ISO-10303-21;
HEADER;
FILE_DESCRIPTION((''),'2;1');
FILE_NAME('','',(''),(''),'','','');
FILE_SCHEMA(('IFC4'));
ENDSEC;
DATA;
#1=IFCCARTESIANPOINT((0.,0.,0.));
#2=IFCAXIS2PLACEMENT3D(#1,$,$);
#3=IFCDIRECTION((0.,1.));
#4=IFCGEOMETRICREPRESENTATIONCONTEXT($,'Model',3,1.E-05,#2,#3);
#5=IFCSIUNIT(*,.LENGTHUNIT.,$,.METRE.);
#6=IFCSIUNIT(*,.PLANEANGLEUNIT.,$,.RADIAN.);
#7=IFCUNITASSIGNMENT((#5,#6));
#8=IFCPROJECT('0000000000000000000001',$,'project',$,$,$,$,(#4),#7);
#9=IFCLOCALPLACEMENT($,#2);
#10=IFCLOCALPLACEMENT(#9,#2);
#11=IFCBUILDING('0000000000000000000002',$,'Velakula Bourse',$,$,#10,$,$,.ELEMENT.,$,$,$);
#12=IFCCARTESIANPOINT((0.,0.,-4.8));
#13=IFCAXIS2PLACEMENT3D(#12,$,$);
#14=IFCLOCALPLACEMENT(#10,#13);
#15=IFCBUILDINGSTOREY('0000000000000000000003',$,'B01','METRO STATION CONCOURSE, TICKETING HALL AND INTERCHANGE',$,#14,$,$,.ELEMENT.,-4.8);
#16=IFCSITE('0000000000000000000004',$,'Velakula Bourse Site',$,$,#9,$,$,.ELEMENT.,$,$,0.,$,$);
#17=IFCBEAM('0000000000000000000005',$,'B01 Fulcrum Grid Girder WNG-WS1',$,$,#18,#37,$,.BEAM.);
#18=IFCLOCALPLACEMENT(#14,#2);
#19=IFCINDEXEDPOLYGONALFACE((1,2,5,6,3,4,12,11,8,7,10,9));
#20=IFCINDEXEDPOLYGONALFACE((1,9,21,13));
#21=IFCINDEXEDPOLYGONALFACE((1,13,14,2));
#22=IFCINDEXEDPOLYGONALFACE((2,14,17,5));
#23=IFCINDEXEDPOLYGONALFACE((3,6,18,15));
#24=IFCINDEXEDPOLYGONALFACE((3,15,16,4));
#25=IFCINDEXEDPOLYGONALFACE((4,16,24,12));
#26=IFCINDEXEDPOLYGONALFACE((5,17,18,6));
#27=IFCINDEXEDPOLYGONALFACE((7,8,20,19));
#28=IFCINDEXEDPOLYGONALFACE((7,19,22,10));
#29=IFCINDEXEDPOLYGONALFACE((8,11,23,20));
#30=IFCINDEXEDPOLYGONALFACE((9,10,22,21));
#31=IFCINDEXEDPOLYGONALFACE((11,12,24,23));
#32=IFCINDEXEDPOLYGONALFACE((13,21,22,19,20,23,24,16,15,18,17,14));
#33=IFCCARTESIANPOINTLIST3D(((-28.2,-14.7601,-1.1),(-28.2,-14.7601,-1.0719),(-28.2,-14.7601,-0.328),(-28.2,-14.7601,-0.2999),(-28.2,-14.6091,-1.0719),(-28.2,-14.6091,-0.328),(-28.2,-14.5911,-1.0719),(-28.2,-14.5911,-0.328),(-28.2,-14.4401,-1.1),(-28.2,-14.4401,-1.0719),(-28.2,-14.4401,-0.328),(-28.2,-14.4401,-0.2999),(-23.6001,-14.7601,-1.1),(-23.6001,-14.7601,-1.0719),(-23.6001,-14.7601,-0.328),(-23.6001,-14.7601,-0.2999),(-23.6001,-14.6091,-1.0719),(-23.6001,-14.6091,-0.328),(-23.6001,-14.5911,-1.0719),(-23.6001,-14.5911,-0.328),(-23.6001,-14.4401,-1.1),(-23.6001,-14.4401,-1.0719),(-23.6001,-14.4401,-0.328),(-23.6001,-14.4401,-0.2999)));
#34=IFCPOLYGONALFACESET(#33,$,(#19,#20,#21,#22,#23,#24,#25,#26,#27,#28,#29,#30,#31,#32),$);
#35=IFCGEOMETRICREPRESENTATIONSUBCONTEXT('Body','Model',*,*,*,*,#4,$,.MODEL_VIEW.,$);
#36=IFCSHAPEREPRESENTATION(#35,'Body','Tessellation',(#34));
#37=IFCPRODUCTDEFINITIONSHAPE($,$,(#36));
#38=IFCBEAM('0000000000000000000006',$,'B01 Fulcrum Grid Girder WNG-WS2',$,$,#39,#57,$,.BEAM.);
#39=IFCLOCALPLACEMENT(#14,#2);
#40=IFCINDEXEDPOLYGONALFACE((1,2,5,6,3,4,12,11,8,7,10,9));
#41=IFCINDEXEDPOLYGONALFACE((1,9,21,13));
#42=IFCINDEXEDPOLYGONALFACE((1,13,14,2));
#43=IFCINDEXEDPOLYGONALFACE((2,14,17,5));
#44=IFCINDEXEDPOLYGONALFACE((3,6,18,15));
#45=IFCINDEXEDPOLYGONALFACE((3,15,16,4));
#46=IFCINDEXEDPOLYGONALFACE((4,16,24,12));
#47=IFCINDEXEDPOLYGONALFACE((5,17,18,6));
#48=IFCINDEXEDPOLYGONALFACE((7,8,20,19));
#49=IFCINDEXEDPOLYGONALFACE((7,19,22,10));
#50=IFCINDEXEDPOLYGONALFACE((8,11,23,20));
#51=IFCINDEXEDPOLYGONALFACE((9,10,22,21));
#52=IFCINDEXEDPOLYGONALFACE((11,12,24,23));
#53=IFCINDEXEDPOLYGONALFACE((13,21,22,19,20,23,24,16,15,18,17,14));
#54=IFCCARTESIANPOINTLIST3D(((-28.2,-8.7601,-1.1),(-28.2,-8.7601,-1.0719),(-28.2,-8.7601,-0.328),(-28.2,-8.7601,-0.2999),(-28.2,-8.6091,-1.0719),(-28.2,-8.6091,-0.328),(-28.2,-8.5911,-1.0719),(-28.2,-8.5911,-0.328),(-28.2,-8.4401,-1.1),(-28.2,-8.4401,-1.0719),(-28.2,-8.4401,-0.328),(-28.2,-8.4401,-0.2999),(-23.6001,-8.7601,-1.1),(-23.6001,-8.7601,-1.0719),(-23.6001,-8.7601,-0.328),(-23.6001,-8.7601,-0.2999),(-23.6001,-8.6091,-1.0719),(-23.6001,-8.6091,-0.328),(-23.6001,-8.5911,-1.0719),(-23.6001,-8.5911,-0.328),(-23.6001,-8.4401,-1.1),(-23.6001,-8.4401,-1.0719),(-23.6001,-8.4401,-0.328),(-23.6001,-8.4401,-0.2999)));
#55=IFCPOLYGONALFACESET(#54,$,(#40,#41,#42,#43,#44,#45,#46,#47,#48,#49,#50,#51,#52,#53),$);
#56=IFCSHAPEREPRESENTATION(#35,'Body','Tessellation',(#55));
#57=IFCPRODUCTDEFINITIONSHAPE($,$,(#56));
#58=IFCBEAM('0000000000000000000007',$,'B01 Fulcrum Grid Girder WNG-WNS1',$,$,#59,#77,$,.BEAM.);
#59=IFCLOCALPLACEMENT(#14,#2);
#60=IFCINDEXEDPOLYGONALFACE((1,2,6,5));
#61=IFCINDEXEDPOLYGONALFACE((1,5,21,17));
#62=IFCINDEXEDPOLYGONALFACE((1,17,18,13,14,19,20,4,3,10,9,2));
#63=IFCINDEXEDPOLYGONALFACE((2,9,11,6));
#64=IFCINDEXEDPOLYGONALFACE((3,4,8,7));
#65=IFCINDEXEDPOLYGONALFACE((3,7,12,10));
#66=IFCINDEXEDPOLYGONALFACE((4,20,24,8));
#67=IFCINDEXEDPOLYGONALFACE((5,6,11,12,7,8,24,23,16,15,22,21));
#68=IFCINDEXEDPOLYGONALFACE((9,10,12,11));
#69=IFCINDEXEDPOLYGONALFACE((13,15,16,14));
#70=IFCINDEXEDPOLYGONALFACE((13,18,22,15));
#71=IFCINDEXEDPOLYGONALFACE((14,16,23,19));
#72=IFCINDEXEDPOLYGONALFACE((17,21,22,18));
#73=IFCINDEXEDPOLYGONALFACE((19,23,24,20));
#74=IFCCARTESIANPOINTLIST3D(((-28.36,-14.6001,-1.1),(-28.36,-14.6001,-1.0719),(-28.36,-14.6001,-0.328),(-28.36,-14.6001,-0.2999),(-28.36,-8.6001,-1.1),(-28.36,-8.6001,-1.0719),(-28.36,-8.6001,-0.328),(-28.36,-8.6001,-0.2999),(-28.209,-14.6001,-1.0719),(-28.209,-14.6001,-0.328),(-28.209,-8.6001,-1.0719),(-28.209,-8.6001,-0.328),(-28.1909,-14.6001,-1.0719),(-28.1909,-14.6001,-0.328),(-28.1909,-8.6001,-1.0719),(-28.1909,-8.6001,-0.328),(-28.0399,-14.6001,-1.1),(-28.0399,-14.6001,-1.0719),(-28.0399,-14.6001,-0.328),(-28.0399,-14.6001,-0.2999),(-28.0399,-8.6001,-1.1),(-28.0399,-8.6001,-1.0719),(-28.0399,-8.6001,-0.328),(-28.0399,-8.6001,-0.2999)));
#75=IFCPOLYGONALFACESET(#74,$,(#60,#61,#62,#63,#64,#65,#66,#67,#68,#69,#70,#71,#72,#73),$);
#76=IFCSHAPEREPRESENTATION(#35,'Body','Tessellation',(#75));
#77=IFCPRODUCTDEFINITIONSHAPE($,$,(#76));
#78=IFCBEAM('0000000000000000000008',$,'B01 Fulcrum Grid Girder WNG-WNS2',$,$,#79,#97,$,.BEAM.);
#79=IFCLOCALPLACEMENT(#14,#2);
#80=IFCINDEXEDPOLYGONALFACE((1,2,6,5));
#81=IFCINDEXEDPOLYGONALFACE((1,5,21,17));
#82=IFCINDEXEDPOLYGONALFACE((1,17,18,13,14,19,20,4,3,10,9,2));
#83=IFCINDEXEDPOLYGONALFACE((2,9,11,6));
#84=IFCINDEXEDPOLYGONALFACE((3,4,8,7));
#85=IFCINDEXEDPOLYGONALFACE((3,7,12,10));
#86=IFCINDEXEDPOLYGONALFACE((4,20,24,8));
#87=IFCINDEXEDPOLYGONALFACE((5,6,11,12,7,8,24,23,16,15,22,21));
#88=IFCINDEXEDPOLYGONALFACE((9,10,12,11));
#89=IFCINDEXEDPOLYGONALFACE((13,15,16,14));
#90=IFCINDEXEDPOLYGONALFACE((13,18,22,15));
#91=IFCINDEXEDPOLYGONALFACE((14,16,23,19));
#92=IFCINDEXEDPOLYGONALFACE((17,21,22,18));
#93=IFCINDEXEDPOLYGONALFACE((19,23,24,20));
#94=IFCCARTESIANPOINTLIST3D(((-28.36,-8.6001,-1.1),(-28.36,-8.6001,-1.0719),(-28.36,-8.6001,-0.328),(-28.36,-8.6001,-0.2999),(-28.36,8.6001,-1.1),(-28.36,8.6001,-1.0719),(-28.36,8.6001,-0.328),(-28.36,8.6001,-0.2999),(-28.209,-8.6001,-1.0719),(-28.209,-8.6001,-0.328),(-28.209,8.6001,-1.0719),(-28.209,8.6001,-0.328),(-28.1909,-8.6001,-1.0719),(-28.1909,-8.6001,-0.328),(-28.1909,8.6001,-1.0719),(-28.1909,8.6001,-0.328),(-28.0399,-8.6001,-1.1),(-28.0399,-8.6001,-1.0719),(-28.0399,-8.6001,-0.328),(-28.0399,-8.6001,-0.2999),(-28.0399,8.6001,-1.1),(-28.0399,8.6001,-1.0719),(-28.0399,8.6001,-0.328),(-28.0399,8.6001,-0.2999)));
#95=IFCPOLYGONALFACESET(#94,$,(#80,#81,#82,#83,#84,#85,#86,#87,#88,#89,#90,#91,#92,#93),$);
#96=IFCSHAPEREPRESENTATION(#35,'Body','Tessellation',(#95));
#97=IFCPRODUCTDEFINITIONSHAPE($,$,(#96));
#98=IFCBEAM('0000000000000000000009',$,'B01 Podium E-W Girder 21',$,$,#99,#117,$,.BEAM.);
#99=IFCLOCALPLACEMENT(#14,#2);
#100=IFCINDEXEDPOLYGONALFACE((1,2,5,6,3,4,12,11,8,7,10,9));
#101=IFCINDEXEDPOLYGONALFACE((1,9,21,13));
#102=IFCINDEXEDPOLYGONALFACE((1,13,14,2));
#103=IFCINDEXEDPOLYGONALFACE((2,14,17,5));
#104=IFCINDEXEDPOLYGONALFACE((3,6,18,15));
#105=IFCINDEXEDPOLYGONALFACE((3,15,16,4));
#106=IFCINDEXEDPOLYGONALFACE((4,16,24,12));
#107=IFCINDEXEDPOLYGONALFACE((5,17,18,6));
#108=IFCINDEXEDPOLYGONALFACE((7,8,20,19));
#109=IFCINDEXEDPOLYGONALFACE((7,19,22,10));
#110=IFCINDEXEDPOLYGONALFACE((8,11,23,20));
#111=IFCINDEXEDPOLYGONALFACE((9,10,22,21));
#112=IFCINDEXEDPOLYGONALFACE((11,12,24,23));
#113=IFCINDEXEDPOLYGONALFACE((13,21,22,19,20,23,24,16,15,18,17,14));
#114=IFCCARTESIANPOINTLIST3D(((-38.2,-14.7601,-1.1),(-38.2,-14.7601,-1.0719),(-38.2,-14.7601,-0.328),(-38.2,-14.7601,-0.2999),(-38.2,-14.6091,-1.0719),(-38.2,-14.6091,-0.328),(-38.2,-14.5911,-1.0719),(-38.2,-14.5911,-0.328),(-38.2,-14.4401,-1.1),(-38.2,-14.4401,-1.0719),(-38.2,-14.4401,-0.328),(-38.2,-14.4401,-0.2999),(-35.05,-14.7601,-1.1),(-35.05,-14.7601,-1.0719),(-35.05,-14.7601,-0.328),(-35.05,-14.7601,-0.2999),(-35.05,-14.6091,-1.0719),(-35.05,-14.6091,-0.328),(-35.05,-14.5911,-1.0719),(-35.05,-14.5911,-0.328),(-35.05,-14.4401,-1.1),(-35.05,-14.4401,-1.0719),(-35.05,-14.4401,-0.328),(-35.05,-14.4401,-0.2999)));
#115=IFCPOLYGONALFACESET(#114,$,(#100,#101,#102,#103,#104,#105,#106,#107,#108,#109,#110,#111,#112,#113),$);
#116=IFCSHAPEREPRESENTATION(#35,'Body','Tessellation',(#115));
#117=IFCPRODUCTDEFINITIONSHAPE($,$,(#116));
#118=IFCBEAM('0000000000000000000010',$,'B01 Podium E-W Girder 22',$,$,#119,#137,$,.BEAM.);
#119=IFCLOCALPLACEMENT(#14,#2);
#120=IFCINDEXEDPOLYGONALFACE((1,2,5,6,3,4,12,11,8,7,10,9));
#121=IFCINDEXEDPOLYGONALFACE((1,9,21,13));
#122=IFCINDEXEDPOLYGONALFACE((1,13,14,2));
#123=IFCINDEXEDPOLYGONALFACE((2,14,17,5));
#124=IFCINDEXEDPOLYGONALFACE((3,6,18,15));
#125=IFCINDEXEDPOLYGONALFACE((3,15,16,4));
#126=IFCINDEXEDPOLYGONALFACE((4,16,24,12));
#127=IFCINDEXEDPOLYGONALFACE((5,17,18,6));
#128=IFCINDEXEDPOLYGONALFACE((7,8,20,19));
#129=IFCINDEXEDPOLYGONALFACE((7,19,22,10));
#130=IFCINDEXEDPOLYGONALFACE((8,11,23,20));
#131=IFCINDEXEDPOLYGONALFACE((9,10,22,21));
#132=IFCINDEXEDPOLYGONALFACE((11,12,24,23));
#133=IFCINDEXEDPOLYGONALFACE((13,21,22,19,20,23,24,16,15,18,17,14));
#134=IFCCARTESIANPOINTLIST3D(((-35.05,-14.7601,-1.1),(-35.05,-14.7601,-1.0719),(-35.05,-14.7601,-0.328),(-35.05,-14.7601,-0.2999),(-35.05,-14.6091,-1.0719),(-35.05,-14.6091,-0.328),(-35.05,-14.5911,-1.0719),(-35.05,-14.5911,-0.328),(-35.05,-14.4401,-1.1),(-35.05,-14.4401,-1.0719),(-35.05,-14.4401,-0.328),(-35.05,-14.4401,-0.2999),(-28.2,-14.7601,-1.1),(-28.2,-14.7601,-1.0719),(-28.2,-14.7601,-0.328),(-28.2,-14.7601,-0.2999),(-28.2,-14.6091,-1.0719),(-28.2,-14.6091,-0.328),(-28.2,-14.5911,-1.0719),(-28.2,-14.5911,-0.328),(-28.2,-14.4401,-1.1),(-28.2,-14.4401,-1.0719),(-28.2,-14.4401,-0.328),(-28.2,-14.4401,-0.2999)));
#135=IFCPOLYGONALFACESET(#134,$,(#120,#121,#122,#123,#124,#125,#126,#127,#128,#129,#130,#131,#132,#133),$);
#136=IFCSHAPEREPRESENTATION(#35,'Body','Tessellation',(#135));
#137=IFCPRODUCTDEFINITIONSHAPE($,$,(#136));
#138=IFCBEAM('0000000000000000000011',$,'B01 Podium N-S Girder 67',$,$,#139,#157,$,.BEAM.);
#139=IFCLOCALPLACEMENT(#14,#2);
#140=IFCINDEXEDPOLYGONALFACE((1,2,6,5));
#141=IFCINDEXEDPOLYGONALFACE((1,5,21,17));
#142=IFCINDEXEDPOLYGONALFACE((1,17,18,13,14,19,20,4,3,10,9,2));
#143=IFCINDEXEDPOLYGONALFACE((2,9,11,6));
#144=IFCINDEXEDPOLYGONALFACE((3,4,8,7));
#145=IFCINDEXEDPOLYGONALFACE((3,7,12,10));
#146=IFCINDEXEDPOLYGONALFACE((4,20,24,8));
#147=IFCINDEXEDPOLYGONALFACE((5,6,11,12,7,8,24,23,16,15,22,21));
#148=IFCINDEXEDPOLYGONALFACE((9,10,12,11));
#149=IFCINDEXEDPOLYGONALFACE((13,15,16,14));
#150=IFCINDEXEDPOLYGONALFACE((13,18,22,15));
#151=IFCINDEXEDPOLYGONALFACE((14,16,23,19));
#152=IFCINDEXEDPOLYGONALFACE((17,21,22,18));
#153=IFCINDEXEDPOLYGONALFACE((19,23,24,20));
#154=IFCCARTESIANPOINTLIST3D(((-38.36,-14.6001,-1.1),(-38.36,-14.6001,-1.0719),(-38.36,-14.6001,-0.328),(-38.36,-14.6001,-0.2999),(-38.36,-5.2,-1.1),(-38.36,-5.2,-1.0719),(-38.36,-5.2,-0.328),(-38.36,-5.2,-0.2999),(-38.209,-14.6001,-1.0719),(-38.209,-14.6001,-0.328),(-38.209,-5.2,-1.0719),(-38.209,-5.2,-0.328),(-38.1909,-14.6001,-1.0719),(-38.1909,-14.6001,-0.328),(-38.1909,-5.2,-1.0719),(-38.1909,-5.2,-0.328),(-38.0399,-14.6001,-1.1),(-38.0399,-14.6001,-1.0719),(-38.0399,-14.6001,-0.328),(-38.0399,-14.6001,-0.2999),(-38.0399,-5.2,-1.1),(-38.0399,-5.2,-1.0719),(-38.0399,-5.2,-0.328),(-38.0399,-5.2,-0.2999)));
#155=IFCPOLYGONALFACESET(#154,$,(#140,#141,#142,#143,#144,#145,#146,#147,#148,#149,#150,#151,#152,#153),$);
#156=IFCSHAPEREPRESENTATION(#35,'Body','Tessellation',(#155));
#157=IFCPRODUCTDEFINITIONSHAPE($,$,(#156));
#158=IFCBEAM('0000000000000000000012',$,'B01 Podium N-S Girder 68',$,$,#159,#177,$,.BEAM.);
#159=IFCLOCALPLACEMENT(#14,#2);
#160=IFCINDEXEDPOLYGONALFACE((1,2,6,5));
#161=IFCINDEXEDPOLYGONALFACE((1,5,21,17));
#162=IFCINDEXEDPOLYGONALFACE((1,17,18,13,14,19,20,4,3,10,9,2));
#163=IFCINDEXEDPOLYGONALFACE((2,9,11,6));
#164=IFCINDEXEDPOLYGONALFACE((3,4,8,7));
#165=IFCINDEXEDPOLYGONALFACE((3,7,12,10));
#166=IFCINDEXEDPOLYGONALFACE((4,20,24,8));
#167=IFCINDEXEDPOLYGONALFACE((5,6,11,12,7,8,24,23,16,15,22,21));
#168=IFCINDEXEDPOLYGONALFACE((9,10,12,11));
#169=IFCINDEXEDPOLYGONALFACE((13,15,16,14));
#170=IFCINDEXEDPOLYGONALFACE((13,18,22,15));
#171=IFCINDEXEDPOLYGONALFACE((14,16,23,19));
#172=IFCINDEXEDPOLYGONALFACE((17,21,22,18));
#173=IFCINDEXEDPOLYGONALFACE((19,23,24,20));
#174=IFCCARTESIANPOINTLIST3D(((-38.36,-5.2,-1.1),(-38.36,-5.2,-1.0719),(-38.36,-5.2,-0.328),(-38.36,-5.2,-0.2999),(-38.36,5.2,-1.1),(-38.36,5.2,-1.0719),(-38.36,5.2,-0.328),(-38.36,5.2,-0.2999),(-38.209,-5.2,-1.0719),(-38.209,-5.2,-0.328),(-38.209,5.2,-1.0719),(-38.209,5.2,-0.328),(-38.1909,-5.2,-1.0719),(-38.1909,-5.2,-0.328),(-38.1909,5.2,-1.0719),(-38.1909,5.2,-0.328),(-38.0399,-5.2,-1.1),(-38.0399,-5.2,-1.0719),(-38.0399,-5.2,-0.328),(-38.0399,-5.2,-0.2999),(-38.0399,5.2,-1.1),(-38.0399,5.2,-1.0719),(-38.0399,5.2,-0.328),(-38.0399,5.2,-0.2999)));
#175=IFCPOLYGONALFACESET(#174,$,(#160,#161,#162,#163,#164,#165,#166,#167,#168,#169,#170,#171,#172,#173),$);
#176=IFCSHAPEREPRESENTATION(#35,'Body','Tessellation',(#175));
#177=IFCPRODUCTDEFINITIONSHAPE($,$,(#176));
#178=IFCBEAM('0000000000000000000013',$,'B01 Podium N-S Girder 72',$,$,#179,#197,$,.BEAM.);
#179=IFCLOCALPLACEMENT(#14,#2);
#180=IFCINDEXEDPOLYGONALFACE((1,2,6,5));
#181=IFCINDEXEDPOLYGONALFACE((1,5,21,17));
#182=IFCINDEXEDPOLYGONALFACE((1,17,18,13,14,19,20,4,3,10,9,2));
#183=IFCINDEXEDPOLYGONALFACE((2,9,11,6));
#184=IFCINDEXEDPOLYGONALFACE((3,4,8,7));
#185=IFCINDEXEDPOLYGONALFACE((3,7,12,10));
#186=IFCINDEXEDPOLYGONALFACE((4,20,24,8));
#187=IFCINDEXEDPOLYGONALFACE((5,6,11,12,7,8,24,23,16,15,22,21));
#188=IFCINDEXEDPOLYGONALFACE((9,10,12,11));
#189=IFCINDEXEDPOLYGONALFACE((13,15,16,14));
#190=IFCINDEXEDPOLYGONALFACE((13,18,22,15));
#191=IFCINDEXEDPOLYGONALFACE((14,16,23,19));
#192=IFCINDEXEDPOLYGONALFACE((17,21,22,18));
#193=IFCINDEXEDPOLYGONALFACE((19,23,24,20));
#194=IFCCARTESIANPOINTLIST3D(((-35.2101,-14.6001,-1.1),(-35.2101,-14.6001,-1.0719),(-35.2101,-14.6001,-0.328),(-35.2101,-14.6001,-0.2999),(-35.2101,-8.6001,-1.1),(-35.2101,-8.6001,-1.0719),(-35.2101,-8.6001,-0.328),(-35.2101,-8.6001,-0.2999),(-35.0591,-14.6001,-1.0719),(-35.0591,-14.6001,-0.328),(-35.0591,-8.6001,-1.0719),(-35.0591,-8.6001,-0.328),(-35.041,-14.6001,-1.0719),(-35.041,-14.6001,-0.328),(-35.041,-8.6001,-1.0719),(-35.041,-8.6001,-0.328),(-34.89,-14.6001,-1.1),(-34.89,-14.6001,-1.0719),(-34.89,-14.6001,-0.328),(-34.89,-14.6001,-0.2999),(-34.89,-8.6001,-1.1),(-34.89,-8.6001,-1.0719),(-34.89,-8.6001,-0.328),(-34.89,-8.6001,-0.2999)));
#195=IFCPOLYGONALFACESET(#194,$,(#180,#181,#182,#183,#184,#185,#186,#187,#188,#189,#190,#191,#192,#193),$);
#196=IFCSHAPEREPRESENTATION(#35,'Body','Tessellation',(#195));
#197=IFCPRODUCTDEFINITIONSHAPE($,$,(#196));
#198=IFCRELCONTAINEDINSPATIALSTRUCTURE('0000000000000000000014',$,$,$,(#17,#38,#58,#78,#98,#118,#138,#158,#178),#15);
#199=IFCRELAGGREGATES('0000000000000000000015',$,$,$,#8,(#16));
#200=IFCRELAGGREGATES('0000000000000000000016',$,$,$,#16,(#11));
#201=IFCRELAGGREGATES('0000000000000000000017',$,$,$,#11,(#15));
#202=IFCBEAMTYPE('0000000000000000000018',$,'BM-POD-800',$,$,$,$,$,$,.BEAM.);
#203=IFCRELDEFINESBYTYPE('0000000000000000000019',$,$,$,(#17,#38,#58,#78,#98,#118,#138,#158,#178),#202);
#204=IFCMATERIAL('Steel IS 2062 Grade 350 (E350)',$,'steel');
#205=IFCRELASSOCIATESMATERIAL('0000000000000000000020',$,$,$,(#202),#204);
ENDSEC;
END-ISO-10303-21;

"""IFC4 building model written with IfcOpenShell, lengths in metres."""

from ifc_helpers import new_model, si_unit, direction, frame, origin, origin_2d, place, context, subcontext, project, spatial, i_section, extrude, material, material_profile, profile_set, type_object, element, save


model = new_model("IFC4")

# Units and contexts
model_context = context("Model", 3, precision=1e-05, world=origin(), true_north=direction((0.0, 1.0)))
body_context = subcontext(model_context, "Body", "Model", "MODEL_VIEW")
ifc_project = project(units=[si_unit("LENGTHUNIT", "METRE"), si_unit("PLANEANGLEUNIT", "RADIAN")], contexts=[model_context])

# Site, building, storey
site_placement = place(None, origin())
site = spatial("IfcSite", under=ifc_project, at=site_placement, Name="Velakula Bourse Site", CompositionType="ELEMENT", RefElevation=0.0)
building_placement = place(site_placement, origin())
building = spatial("IfcBuilding", under=site, at=building_placement, Name="Velakula Bourse", CompositionType="ELEMENT")
storey_placement = place(building_placement, frame((0.0, 0.0, -4.8)))
storey = spatial("IfcBuildingStorey", under=building, at=storey_placement, Name="B01", Description="METRO STATION CONCOURSE, TICKETING HALL AND INTERCHANGE", CompositionType="ELEMENT", Elevation=-4.8)

# Beams
ifc_material_1 = material(Name="Steel IS 2062 Grade 350 (E350)", Category="steel")
ifc_material_profile_1 = material_profile(ifc_material_1, i_section(OverallWidth=0.3201, OverallDepth=0.8, WebThickness=0.0181, FlangeThickness=0.0281, at=origin_2d()), Name="Steel IS 2062 Grade 350 (E350)")
ifc_profile_set_1 = profile_set([ifc_material_profile_1], Name="Steel IS 2062 Grade 350 (E350)")
beam_type_1 = type_object("IfcBeamType", Name="BM-POD-800", PredefinedType="BEAM", material=ifc_profile_set_1)
for number, where, z_axis, x_axis, name in (
    (1, (-28.2, -14.6001, -0.7), (1.0, 0.0, 0.0), (0.0, 1.0, 0.0), "B01 Fulcrum Grid Girder WNG-WS1"),
    (2, (-28.2, -8.6001, -0.7), (1.0, 0.0, 0.0), (0.0, 1.0, 0.0), "B01 Fulcrum Grid Girder WNG-WS2"),
):
    element("IfcBeam", number, at=place(storey_placement, frame(where, z_axis=z_axis, x_axis=x_axis)), inside=storey, type_object=beam_type_1, Name=name, PredefinedType="BEAM", context=body_context, shape_type="SweptSolid", body=[
        extrude(i_section(OverallWidth=0.3201, OverallDepth=0.8, WebThickness=0.0181, FlangeThickness=0.0281, at=origin_2d()), origin(), (0.0, 0.0, 1.0), 4.5999),
    ])
beam_1_placement = place(storey_placement, frame((-28.2, -14.6001, -0.7), z_axis=(0.0, 1.0, 0.0), x_axis=(-1.0, 0.0, 0.0)))
element("IfcBeam", 3, at=beam_1_placement, inside=storey, type_object=beam_type_1, Name="B01 Fulcrum Grid Girder WNG-WNS1", PredefinedType="BEAM", context=body_context, shape_type="SweptSolid", body=[
    extrude(i_section(OverallWidth=0.3201, OverallDepth=0.8, WebThickness=0.0181, FlangeThickness=0.0281, at=origin_2d()), origin(), (0.0, 0.0, 1.0), 6.0),
])
beam_2_placement = place(storey_placement, frame((-28.2, -8.6001, -0.7), z_axis=(0.0, 1.0, 0.0), x_axis=(-1.0, 0.0, 0.0)))
element("IfcBeam", 4, at=beam_2_placement, inside=storey, type_object=beam_type_1, Name="B01 Fulcrum Grid Girder WNG-WNS2", PredefinedType="BEAM", context=body_context, shape_type="SweptSolid", body=[
    extrude(i_section(OverallWidth=0.3201, OverallDepth=0.8, WebThickness=0.0181, FlangeThickness=0.0281, at=origin_2d()), origin(), (0.0, 0.0, 1.0), 17.2002),
])
beam_3_placement = place(storey_placement, frame((-38.2, -14.6001, -0.7), z_axis=(1.0, 0.0, 0.0), x_axis=(0.0, 1.0, 0.0)))
element("IfcBeam", 5, at=beam_3_placement, inside=storey, type_object=beam_type_1, Name="B01 Podium E-W Girder 21", PredefinedType="BEAM", context=body_context, shape_type="SweptSolid", body=[
    extrude(i_section(OverallWidth=0.3201, OverallDepth=0.8, WebThickness=0.0181, FlangeThickness=0.0281, at=origin_2d()), origin(), (0.0, 0.0, 1.0), 3.1499),
])
beam_4_placement = place(storey_placement, frame((-35.05, -14.6001, -0.7), z_axis=(1.0, 0.0, 0.0), x_axis=(0.0, 1.0, 0.0)))
element("IfcBeam", 6, at=beam_4_placement, inside=storey, type_object=beam_type_1, Name="B01 Podium E-W Girder 22", PredefinedType="BEAM", context=body_context, shape_type="SweptSolid", body=[
    extrude(i_section(OverallWidth=0.3201, OverallDepth=0.8, WebThickness=0.0181, FlangeThickness=0.0281, at=origin_2d()), origin(), (0.0, 0.0, 1.0), 6.8501),
])
beam_5_placement = place(storey_placement, frame((-38.2, -14.6001, -0.7), z_axis=(0.0, 1.0, 0.0), x_axis=(-1.0, 0.0, 0.0)))
element("IfcBeam", 7, at=beam_5_placement, inside=storey, type_object=beam_type_1, Name="B01 Podium N-S Girder 67", PredefinedType="BEAM", context=body_context, shape_type="SweptSolid", body=[
    extrude(i_section(OverallWidth=0.3201, OverallDepth=0.8, WebThickness=0.0181, FlangeThickness=0.0281, at=origin_2d()), origin(), (0.0, 0.0, 1.0), 9.4001),
])
beam_6_placement = place(storey_placement, frame((-38.2, -5.2, -0.7), z_axis=(0.0, 1.0, 0.0), x_axis=(-1.0, 0.0, 0.0)))
element("IfcBeam", 8, at=beam_6_placement, inside=storey, type_object=beam_type_1, Name="B01 Podium N-S Girder 68", PredefinedType="BEAM", context=body_context, shape_type="SweptSolid", body=[
    extrude(i_section(OverallWidth=0.3201, OverallDepth=0.8, WebThickness=0.0181, FlangeThickness=0.0281, at=origin_2d()), origin(), (0.0, 0.0, 1.0), 10.3999),
])
beam_7_placement = place(storey_placement, frame((-35.05, -14.6001, -0.7), z_axis=(0.0, 1.0, 0.0), x_axis=(-1.0, 0.0, 0.0)))
element("IfcBeam", 9, at=beam_7_placement, inside=storey, type_object=beam_type_1, Name="B01 Podium N-S Girder 72", PredefinedType="BEAM", context=body_context, shape_type="SweptSolid", body=[
    extrude(i_section(OverallWidth=0.3201, OverallDepth=0.8, WebThickness=0.0181, FlangeThickness=0.0281, at=origin_2d()), origin(), (0.0, 0.0, 1.0), 6.0),
])

save(model, "model.ifc")
